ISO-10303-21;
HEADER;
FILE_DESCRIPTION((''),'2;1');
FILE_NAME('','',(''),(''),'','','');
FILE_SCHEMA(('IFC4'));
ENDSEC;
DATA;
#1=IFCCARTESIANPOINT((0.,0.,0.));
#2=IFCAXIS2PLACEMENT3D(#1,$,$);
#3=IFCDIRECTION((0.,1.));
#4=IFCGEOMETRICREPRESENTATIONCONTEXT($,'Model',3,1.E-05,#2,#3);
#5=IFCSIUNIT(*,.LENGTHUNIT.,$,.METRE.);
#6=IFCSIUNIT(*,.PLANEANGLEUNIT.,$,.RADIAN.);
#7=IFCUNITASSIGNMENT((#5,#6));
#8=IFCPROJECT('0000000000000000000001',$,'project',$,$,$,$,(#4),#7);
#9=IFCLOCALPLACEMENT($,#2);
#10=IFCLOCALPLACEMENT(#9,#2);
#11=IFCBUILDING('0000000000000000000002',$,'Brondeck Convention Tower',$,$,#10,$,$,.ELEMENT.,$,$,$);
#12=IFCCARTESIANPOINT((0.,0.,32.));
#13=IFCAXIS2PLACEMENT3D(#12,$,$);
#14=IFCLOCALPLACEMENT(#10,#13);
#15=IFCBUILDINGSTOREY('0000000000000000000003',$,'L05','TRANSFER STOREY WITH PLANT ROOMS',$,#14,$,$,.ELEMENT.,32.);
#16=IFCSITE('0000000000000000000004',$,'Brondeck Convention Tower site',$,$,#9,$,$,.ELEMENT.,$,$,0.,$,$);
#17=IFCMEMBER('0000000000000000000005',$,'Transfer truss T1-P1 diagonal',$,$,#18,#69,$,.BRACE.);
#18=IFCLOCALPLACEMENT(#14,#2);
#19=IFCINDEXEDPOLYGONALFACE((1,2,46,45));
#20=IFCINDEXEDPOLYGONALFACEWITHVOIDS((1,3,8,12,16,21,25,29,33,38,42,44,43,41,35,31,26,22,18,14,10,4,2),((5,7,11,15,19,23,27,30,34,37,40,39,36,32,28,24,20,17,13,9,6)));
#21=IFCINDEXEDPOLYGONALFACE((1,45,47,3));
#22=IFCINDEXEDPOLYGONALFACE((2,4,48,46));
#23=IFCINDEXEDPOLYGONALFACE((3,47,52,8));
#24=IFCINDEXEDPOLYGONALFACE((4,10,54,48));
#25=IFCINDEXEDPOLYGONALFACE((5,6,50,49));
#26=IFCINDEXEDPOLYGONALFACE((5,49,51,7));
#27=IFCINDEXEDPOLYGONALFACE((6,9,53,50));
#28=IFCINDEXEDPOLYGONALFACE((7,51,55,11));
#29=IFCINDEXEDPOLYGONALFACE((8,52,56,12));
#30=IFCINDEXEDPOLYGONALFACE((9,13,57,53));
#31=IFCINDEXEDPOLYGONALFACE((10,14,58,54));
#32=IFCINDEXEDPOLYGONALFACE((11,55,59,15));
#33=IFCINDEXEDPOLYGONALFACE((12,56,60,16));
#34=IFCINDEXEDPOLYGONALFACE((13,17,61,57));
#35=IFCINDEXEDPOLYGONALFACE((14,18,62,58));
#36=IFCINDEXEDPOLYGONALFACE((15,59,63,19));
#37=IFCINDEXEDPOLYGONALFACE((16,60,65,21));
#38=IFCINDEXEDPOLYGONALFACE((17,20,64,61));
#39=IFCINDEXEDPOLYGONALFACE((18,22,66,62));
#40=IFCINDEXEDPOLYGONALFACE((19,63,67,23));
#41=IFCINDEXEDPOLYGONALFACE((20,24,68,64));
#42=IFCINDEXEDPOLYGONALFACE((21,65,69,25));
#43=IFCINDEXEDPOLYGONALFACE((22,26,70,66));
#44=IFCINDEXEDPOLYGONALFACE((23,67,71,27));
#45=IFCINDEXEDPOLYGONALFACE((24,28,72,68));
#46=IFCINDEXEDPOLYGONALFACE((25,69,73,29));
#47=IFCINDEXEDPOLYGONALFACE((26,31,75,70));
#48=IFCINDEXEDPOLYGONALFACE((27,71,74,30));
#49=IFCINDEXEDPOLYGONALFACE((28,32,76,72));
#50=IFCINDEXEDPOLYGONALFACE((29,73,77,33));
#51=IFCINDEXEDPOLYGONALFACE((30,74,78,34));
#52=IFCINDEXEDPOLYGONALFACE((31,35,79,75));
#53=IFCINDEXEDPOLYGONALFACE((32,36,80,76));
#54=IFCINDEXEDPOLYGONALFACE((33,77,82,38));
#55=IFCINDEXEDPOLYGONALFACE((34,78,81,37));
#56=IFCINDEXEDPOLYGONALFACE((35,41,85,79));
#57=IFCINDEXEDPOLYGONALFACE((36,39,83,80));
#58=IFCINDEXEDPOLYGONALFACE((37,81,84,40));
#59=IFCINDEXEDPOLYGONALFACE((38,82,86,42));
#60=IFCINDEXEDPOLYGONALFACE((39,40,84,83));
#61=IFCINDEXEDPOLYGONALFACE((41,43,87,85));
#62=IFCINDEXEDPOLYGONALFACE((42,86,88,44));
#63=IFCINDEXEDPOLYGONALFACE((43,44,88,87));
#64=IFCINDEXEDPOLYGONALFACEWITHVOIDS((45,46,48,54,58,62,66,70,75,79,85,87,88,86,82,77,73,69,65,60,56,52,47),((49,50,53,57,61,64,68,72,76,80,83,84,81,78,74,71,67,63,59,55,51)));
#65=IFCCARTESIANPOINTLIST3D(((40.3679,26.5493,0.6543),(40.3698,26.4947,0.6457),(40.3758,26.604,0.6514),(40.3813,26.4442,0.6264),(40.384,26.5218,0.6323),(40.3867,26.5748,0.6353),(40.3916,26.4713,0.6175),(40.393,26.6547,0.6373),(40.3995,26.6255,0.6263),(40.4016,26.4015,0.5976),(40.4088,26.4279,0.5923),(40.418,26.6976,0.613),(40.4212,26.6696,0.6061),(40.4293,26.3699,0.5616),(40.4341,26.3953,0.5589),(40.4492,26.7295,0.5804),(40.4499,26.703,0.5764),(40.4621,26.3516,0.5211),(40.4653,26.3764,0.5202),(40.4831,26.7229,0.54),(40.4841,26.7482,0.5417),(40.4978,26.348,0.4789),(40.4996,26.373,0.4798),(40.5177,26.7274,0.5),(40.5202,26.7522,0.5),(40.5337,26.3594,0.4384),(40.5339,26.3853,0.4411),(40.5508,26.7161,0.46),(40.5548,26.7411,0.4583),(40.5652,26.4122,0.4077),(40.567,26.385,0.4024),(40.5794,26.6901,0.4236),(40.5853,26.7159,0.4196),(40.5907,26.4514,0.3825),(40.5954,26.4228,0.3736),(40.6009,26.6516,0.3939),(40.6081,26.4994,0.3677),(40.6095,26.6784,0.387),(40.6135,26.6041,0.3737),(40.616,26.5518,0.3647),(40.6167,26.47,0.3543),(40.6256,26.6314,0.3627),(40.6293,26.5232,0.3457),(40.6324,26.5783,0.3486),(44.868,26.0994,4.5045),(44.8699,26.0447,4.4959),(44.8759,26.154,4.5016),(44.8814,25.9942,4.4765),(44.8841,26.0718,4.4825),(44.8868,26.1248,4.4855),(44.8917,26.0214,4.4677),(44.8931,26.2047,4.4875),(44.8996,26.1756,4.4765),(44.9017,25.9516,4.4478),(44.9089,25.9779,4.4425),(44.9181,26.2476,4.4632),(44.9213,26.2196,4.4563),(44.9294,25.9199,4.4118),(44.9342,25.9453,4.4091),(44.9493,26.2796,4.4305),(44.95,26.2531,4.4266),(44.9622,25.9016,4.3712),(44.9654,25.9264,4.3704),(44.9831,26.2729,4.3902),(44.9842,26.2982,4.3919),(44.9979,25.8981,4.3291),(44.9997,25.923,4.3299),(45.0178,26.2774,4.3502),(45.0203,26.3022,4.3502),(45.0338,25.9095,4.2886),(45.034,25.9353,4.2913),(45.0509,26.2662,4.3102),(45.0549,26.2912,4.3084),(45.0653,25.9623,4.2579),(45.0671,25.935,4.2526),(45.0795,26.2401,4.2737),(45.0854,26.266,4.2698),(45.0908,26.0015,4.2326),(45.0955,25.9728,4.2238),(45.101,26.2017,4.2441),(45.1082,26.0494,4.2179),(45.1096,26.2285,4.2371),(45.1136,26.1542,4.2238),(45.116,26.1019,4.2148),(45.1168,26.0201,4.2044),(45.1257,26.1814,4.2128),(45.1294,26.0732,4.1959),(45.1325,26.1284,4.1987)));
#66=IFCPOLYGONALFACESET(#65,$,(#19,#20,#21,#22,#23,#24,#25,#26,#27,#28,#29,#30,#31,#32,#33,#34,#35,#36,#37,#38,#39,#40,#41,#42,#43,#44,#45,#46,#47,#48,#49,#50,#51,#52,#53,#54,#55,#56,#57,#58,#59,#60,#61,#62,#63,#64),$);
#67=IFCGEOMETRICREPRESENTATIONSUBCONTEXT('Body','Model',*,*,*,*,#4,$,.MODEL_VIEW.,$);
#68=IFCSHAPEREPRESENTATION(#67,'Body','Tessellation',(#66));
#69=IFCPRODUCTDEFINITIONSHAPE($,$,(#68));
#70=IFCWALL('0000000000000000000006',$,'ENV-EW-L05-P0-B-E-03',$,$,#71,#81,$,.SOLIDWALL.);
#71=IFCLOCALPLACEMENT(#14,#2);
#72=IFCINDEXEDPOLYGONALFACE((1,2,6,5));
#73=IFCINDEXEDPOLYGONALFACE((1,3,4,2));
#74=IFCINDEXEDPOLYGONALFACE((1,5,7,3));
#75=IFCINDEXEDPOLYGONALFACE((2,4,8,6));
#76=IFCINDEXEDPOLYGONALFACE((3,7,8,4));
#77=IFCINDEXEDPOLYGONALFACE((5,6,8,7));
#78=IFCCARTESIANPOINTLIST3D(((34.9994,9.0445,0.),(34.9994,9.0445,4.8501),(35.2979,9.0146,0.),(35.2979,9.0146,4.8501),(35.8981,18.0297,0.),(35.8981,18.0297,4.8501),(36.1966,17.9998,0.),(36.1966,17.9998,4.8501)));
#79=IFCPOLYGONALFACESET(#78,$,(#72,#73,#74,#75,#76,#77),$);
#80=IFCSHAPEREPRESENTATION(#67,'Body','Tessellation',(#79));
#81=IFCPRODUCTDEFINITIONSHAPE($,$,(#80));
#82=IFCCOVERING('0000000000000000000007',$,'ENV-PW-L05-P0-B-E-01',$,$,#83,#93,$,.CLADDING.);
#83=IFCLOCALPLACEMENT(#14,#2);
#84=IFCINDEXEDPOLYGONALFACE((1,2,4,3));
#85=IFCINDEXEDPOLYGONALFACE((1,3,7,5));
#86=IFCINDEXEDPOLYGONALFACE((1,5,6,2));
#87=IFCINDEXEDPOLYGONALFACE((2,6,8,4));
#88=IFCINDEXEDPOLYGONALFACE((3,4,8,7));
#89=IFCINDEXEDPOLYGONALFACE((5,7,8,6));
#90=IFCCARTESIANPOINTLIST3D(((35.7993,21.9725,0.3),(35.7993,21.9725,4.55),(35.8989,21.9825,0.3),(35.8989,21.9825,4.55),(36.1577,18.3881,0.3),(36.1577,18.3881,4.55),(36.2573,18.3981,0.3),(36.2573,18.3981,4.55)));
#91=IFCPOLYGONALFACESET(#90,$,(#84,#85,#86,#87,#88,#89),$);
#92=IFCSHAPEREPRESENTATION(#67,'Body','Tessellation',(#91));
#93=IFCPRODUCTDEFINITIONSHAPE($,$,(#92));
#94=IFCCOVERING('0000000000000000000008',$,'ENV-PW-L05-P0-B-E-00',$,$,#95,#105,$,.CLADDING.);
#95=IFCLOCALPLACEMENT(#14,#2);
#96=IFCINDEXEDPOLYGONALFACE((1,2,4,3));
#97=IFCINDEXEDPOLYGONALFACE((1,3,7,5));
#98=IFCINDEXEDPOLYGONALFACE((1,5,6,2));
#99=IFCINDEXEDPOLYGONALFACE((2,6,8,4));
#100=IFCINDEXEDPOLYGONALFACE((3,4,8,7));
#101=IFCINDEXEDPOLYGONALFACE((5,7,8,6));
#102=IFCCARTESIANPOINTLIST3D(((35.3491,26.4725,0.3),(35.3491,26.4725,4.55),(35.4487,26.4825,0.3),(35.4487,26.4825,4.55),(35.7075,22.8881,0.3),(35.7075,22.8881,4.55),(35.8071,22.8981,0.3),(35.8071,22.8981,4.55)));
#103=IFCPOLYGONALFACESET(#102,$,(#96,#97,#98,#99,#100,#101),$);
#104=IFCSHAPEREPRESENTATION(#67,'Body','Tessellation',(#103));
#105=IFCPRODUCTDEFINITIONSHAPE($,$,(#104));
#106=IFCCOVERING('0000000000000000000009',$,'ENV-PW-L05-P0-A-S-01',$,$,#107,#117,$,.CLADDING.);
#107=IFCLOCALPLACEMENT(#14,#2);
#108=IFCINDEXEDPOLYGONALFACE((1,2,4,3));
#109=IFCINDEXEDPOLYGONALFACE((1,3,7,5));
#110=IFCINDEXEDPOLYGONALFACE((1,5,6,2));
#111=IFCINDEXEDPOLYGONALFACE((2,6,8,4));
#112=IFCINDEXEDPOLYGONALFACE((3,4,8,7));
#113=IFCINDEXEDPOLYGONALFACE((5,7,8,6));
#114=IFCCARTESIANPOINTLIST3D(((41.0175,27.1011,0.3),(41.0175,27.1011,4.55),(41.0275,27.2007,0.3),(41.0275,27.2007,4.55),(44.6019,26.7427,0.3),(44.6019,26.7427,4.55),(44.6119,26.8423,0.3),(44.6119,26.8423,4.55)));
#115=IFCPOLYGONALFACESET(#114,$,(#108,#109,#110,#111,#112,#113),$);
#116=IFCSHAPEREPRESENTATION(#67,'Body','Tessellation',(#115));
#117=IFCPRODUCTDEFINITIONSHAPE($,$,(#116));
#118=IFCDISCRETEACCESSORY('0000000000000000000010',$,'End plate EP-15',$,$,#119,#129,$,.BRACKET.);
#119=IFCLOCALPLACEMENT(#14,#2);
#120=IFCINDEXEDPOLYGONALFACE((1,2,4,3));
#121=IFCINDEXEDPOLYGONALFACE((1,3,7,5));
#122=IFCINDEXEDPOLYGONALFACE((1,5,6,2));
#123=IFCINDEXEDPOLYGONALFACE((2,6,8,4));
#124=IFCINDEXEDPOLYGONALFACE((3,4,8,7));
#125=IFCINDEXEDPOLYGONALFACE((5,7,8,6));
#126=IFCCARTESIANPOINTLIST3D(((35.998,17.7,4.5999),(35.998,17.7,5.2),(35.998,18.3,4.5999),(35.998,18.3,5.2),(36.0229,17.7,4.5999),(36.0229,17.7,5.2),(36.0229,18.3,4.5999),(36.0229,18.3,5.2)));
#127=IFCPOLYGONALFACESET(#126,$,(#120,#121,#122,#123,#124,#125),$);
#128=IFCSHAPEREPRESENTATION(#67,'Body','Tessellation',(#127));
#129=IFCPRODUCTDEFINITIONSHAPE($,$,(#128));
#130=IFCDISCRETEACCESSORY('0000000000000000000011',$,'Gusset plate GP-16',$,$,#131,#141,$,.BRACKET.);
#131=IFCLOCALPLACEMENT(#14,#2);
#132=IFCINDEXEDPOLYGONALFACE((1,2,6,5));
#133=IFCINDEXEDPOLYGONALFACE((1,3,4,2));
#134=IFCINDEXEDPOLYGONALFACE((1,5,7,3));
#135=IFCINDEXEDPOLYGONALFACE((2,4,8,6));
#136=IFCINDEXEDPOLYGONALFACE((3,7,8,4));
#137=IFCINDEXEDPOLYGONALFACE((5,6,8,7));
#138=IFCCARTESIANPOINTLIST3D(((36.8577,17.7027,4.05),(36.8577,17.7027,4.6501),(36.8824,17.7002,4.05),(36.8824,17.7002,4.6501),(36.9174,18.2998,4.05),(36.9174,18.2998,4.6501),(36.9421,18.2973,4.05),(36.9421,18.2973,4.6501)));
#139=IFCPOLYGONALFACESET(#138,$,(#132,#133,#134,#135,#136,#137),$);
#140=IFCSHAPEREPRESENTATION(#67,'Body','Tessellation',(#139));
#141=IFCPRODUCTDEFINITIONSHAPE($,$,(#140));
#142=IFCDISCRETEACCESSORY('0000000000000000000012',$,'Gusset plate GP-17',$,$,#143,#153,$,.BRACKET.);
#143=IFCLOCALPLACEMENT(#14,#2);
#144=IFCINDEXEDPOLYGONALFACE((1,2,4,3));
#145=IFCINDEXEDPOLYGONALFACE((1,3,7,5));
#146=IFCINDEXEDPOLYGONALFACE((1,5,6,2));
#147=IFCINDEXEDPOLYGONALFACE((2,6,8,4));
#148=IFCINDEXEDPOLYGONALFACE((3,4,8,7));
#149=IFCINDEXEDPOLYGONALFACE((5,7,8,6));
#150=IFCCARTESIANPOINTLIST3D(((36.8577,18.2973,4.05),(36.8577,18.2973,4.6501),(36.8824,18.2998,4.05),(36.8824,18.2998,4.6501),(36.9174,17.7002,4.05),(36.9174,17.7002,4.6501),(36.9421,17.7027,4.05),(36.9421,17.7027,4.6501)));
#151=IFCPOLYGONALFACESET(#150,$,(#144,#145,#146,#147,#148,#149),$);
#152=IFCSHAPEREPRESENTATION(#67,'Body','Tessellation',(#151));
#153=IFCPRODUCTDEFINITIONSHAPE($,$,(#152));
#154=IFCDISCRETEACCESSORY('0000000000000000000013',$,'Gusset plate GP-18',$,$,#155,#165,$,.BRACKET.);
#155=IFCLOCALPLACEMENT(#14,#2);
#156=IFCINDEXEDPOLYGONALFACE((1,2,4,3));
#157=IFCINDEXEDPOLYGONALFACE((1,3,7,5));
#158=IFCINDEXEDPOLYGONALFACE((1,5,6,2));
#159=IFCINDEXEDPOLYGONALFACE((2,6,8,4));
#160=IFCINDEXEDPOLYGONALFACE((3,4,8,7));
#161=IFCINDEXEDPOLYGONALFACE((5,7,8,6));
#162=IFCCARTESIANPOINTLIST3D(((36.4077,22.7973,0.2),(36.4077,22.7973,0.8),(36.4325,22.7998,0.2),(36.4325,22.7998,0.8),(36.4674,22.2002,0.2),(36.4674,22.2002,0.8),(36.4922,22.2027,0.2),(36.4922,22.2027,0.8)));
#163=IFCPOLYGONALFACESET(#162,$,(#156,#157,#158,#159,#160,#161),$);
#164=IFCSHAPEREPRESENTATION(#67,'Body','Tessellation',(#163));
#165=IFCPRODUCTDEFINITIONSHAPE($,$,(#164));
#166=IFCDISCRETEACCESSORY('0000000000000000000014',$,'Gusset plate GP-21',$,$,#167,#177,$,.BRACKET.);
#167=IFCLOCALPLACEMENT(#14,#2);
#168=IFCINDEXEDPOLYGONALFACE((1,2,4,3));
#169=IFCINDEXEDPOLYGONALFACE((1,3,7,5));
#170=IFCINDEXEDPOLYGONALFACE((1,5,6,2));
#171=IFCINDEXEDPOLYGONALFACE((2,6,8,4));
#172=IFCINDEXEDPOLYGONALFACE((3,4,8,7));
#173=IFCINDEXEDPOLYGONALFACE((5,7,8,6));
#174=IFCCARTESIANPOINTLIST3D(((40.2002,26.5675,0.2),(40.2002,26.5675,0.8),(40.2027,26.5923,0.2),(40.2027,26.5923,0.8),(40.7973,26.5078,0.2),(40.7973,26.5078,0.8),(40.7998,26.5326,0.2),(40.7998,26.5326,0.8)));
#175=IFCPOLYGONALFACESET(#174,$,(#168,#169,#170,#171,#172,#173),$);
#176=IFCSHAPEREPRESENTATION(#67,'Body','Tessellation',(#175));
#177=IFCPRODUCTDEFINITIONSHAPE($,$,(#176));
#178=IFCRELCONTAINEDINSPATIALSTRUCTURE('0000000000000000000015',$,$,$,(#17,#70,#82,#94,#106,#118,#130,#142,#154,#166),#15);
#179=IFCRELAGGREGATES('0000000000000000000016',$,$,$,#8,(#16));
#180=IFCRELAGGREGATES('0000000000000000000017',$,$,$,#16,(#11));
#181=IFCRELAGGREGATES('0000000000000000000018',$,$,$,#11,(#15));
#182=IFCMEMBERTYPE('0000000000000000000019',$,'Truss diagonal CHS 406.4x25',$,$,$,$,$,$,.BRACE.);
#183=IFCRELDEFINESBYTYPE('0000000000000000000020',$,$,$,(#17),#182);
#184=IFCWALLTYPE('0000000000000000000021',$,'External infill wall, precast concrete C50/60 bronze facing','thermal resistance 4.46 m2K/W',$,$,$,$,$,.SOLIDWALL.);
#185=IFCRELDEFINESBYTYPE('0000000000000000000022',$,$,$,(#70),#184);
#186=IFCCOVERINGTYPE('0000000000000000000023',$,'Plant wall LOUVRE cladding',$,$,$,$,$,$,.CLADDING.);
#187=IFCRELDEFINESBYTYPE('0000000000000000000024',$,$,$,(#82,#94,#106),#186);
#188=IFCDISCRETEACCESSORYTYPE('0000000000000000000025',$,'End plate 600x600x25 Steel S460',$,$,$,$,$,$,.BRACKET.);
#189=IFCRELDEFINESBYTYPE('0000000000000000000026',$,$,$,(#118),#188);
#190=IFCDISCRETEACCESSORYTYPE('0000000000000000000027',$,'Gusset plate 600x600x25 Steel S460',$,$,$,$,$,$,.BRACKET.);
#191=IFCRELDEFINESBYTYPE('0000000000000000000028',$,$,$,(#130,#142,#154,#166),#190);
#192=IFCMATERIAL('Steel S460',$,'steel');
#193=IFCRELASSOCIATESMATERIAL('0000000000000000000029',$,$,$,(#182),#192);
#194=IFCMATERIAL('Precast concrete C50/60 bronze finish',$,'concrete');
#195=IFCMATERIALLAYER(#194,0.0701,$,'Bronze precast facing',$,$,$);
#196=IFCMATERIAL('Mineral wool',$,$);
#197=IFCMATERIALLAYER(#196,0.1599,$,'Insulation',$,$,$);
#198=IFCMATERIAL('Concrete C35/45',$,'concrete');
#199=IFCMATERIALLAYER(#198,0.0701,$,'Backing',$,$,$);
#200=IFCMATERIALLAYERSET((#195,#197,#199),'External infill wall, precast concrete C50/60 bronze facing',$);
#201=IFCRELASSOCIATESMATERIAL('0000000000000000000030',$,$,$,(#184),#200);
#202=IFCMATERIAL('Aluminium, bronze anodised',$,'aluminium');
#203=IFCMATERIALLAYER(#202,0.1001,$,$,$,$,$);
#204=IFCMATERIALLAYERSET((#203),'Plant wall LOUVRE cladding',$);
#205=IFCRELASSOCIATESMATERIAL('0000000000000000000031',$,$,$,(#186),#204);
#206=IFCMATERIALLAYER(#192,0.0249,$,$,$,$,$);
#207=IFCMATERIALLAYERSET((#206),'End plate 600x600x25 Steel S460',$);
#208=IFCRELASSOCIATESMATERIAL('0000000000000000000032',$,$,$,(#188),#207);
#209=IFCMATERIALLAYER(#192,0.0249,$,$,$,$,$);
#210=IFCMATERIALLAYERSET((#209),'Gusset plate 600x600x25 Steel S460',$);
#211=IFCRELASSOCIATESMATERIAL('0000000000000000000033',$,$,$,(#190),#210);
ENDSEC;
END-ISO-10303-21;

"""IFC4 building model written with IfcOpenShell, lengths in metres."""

from ifc_helpers import new_model, si_unit, direction, frame, frame_2d, origin, origin_2d, place, context, subcontext, project, spatial, rectangle, hollow_circle, extrude, material, layer, layer_set, material_profile, profile_set, type_object, element, save


model = new_model("IFC4")

# Units and contexts
model_context = context("Model", 3, precision=1e-05, world=origin(), true_north=direction((0.0, 1.0)))
body_context = subcontext(model_context, "Body", "Model", "MODEL_VIEW")
ifc_project = project(units=[si_unit("LENGTHUNIT", "METRE"), si_unit("PLANEANGLEUNIT", "RADIAN")], contexts=[model_context])

# Site, building, storey
site_placement = place(None, origin())
site = spatial("IfcSite", under=ifc_project, at=site_placement, Name="Brondeck Convention Tower site", CompositionType="ELEMENT", RefElevation=0.0)
building_placement = place(site_placement, origin())
building = spatial("IfcBuilding", under=site, at=building_placement, Name="Brondeck Convention Tower", CompositionType="ELEMENT")
storey_placement = place(building_placement, frame((0.0, 0.0, 32.0)))
storey = spatial("IfcBuildingStorey", under=building, at=storey_placement, Name="L05", Description="TRANSFER STOREY WITH PLANT ROOMS", CompositionType="ELEMENT", Elevation=32.0)

# Shared definitions
ifc_material_1 = material(Name="Steel S460", Category="steel")

# Member
ifc_material_profile_1 = material_profile(ifc_material_1, hollow_circle(Radius=0.2031, WallThickness=0.0249, at=origin_2d()), Name="CHS 406.4x25")
ifc_profile_set_1 = profile_set([ifc_material_profile_1], Name="Steel S460")
member_type_1 = type_object("IfcMemberType", Name="Truss diagonal CHS 406.4x25", PredefinedType="BRACE", material=ifc_profile_set_1)
for number, where, z_axis, x_axis, name in (
    (1, (40.5, 26.55, 0.5), (0.75766, -0.075758, 0.648237), (0.099493, 0.995038, 0.0), "Transfer truss T1-P1 diagonal"),
):
    element("IfcMember", number, at=place(storey_placement, frame(where, z_axis=z_axis, x_axis=x_axis)), inside=storey, type_object=member_type_1, Name=name, PredefinedType="BRACE", context=body_context, shape_type="SweptSolid", body=[
        extrude(hollow_circle(Radius=0.2031, WallThickness=0.0249, at=origin_2d()), origin(), (0.0, 0.0, 1.0), 5.9395),
    ])

# Wall
ifc_material_2 = material(Name="Precast concrete C50/60 bronze finish", Category="concrete")
ifc_layer_1 = layer(ifc_material_2, 0.0701, Name="Bronze precast facing")
ifc_material_3 = material(Name="Mineral wool")
ifc_layer_2 = layer(ifc_material_3, 0.1599, Name="Insulation")
ifc_material_4 = material(Name="Concrete C35/45", Category="concrete")
ifc_layer_3 = layer(ifc_material_4, 0.0701, Name="Backing")
ifc_layer_set_1 = layer_set([ifc_layer_1, ifc_layer_2, ifc_layer_3], Name="External infill wall, precast concrete C50/60 bronze facing")
wall_type = type_object("IfcWallType", Name="External infill wall, precast concrete C50/60 bronze facing", Description="thermal resistance 4.46 m2K/W", PredefinedType="SOLIDWALL", material=ifc_layer_set_1)
wall_placement = place(storey_placement, frame((36.0474, 18.0149, 0.0), z_axis=(0.0, 0.0, 1.0), x_axis=(-0.099522, -0.995035, 0.0)))
element("IfcWall", 2, at=wall_placement, inside=storey, type_object=wall_type, Name="ENV-EW-L05-P0-B-E-03", PredefinedType="SOLIDWALL", context=body_context, shape_type="SweptSolid", body=[
    extrude(rectangle(XDim=9.03, YDim=0.3, at=frame_2d((4.5151, 0.0))), origin(), (0.0, 0.0, 1.0), 4.8501),
])

# Coverings
ifc_material_5 = material(Name="Aluminium, bronze anodised", Category="aluminium")
ifc_layer_4 = layer(ifc_material_5, 0.1001)
ifc_layer_set_2 = layer_set([ifc_layer_4], Name="Plant wall LOUVRE cladding")
covering_type = type_object("IfcCoveringType", Name="Plant wall LOUVRE cladding", PredefinedType="CLADDING", material=ifc_layer_set_2)
for number, where, z_axis, x_axis, name in (
    (3, (36.0283, 20.1853, 0.3), (0.0, 0.0, 1.0), (-0.099504, 0.995037, 0.0), "ENV-PW-L05-P0-B-E-01"),
    (4, (35.5781, 24.6853, 0.3), (0.0, 0.0, 1.0), (-0.099504, 0.995037, 0.0), "ENV-PW-L05-P0-B-E-00"),
    (5, (42.8147, 26.9717, 0.3), (0.0, 0.0, 1.0), (0.995037, -0.099504, 0.0), "ENV-PW-L05-P0-A-S-01"),
):
    element("IfcCovering", number, at=place(storey_placement, frame(where, z_axis=z_axis, x_axis=x_axis)), inside=storey, type_object=covering_type, Name=name, PredefinedType="CLADDING", context=body_context, shape_type="SweptSolid", body=[
        extrude(rectangle(XDim=3.6023, YDim=0.1001, at=origin_2d()), origin(), (0.0, 0.0, 1.0), 4.25),
    ])

# Discrete accessories
ifc_layer_5 = layer(ifc_material_1, 0.0249)
ifc_layer_set_3 = layer_set([ifc_layer_5], Name="End plate 600x600x25 Steel S460")
discrete_accessory_type_1 = type_object("IfcDiscreteAccessoryType", Name="End plate 600x600x25 Steel S460", PredefinedType="BRACKET", material=ifc_layer_set_3)
discrete_accessory_placement = place(storey_placement, frame((36.0105, 18.0, 4.5999), z_axis=(0.0, 0.0, 1.0), x_axis=(0.0, 1.0, 0.0)))
element("IfcDiscreteAccessory", 6, at=discrete_accessory_placement, inside=storey, type_object=discrete_accessory_type_1, Name="End plate EP-15", PredefinedType="BRACKET", context=body_context, shape_type="SweptSolid", body=[
    extrude(rectangle(XDim=0.6001, YDim=0.0249, at=origin_2d()), origin(), (0.0, 0.0, 1.0), 0.6001),
])
ifc_layer_6 = layer(ifc_material_1, 0.0249)
ifc_layer_set_4 = layer_set([ifc_layer_6], Name="Gusset plate 600x600x25 Steel S460")
discrete_accessory_type_2 = type_object("IfcDiscreteAccessoryType", Name="Gusset plate 600x600x25 Steel S460", PredefinedType="BRACKET", material=ifc_layer_set_4)
for number, where, z_axis, x_axis, name in (
    (7, (36.8999, 18.0, 4.05), (0.0, 0.0, 1.0), (0.099511, 0.995036, 0.0), "Gusset plate GP-16"),
    (8, (36.8999, 18.0, 4.05), (0.0, 0.0, 1.0), (-0.099511, 0.995036, 0.0), "Gusset plate GP-17"),
    (9, (36.45, 22.5, 0.2), (0.0, 0.0, 1.0), (-0.099511, 0.995036, 0.0), "Gusset plate GP-18"),
    (10, (40.5, 26.55, 0.2), (0.0, 0.0, 1.0), (-0.995036, 0.099511, 0.0), "Gusset plate GP-21"),
):
    element("IfcDiscreteAccessory", number, at=place(storey_placement, frame(where, z_axis=z_axis, x_axis=x_axis)), inside=storey, type_object=discrete_accessory_type_2, Name=name, PredefinedType="BRACKET", context=body_context, shape_type="SweptSolid", body=[
        extrude(rectangle(XDim=0.6001, YDim=0.0249, at=origin_2d()), origin(), (0.0, 0.0, 1.0), 0.6001),
    ])

save(model, "model.ifc")
